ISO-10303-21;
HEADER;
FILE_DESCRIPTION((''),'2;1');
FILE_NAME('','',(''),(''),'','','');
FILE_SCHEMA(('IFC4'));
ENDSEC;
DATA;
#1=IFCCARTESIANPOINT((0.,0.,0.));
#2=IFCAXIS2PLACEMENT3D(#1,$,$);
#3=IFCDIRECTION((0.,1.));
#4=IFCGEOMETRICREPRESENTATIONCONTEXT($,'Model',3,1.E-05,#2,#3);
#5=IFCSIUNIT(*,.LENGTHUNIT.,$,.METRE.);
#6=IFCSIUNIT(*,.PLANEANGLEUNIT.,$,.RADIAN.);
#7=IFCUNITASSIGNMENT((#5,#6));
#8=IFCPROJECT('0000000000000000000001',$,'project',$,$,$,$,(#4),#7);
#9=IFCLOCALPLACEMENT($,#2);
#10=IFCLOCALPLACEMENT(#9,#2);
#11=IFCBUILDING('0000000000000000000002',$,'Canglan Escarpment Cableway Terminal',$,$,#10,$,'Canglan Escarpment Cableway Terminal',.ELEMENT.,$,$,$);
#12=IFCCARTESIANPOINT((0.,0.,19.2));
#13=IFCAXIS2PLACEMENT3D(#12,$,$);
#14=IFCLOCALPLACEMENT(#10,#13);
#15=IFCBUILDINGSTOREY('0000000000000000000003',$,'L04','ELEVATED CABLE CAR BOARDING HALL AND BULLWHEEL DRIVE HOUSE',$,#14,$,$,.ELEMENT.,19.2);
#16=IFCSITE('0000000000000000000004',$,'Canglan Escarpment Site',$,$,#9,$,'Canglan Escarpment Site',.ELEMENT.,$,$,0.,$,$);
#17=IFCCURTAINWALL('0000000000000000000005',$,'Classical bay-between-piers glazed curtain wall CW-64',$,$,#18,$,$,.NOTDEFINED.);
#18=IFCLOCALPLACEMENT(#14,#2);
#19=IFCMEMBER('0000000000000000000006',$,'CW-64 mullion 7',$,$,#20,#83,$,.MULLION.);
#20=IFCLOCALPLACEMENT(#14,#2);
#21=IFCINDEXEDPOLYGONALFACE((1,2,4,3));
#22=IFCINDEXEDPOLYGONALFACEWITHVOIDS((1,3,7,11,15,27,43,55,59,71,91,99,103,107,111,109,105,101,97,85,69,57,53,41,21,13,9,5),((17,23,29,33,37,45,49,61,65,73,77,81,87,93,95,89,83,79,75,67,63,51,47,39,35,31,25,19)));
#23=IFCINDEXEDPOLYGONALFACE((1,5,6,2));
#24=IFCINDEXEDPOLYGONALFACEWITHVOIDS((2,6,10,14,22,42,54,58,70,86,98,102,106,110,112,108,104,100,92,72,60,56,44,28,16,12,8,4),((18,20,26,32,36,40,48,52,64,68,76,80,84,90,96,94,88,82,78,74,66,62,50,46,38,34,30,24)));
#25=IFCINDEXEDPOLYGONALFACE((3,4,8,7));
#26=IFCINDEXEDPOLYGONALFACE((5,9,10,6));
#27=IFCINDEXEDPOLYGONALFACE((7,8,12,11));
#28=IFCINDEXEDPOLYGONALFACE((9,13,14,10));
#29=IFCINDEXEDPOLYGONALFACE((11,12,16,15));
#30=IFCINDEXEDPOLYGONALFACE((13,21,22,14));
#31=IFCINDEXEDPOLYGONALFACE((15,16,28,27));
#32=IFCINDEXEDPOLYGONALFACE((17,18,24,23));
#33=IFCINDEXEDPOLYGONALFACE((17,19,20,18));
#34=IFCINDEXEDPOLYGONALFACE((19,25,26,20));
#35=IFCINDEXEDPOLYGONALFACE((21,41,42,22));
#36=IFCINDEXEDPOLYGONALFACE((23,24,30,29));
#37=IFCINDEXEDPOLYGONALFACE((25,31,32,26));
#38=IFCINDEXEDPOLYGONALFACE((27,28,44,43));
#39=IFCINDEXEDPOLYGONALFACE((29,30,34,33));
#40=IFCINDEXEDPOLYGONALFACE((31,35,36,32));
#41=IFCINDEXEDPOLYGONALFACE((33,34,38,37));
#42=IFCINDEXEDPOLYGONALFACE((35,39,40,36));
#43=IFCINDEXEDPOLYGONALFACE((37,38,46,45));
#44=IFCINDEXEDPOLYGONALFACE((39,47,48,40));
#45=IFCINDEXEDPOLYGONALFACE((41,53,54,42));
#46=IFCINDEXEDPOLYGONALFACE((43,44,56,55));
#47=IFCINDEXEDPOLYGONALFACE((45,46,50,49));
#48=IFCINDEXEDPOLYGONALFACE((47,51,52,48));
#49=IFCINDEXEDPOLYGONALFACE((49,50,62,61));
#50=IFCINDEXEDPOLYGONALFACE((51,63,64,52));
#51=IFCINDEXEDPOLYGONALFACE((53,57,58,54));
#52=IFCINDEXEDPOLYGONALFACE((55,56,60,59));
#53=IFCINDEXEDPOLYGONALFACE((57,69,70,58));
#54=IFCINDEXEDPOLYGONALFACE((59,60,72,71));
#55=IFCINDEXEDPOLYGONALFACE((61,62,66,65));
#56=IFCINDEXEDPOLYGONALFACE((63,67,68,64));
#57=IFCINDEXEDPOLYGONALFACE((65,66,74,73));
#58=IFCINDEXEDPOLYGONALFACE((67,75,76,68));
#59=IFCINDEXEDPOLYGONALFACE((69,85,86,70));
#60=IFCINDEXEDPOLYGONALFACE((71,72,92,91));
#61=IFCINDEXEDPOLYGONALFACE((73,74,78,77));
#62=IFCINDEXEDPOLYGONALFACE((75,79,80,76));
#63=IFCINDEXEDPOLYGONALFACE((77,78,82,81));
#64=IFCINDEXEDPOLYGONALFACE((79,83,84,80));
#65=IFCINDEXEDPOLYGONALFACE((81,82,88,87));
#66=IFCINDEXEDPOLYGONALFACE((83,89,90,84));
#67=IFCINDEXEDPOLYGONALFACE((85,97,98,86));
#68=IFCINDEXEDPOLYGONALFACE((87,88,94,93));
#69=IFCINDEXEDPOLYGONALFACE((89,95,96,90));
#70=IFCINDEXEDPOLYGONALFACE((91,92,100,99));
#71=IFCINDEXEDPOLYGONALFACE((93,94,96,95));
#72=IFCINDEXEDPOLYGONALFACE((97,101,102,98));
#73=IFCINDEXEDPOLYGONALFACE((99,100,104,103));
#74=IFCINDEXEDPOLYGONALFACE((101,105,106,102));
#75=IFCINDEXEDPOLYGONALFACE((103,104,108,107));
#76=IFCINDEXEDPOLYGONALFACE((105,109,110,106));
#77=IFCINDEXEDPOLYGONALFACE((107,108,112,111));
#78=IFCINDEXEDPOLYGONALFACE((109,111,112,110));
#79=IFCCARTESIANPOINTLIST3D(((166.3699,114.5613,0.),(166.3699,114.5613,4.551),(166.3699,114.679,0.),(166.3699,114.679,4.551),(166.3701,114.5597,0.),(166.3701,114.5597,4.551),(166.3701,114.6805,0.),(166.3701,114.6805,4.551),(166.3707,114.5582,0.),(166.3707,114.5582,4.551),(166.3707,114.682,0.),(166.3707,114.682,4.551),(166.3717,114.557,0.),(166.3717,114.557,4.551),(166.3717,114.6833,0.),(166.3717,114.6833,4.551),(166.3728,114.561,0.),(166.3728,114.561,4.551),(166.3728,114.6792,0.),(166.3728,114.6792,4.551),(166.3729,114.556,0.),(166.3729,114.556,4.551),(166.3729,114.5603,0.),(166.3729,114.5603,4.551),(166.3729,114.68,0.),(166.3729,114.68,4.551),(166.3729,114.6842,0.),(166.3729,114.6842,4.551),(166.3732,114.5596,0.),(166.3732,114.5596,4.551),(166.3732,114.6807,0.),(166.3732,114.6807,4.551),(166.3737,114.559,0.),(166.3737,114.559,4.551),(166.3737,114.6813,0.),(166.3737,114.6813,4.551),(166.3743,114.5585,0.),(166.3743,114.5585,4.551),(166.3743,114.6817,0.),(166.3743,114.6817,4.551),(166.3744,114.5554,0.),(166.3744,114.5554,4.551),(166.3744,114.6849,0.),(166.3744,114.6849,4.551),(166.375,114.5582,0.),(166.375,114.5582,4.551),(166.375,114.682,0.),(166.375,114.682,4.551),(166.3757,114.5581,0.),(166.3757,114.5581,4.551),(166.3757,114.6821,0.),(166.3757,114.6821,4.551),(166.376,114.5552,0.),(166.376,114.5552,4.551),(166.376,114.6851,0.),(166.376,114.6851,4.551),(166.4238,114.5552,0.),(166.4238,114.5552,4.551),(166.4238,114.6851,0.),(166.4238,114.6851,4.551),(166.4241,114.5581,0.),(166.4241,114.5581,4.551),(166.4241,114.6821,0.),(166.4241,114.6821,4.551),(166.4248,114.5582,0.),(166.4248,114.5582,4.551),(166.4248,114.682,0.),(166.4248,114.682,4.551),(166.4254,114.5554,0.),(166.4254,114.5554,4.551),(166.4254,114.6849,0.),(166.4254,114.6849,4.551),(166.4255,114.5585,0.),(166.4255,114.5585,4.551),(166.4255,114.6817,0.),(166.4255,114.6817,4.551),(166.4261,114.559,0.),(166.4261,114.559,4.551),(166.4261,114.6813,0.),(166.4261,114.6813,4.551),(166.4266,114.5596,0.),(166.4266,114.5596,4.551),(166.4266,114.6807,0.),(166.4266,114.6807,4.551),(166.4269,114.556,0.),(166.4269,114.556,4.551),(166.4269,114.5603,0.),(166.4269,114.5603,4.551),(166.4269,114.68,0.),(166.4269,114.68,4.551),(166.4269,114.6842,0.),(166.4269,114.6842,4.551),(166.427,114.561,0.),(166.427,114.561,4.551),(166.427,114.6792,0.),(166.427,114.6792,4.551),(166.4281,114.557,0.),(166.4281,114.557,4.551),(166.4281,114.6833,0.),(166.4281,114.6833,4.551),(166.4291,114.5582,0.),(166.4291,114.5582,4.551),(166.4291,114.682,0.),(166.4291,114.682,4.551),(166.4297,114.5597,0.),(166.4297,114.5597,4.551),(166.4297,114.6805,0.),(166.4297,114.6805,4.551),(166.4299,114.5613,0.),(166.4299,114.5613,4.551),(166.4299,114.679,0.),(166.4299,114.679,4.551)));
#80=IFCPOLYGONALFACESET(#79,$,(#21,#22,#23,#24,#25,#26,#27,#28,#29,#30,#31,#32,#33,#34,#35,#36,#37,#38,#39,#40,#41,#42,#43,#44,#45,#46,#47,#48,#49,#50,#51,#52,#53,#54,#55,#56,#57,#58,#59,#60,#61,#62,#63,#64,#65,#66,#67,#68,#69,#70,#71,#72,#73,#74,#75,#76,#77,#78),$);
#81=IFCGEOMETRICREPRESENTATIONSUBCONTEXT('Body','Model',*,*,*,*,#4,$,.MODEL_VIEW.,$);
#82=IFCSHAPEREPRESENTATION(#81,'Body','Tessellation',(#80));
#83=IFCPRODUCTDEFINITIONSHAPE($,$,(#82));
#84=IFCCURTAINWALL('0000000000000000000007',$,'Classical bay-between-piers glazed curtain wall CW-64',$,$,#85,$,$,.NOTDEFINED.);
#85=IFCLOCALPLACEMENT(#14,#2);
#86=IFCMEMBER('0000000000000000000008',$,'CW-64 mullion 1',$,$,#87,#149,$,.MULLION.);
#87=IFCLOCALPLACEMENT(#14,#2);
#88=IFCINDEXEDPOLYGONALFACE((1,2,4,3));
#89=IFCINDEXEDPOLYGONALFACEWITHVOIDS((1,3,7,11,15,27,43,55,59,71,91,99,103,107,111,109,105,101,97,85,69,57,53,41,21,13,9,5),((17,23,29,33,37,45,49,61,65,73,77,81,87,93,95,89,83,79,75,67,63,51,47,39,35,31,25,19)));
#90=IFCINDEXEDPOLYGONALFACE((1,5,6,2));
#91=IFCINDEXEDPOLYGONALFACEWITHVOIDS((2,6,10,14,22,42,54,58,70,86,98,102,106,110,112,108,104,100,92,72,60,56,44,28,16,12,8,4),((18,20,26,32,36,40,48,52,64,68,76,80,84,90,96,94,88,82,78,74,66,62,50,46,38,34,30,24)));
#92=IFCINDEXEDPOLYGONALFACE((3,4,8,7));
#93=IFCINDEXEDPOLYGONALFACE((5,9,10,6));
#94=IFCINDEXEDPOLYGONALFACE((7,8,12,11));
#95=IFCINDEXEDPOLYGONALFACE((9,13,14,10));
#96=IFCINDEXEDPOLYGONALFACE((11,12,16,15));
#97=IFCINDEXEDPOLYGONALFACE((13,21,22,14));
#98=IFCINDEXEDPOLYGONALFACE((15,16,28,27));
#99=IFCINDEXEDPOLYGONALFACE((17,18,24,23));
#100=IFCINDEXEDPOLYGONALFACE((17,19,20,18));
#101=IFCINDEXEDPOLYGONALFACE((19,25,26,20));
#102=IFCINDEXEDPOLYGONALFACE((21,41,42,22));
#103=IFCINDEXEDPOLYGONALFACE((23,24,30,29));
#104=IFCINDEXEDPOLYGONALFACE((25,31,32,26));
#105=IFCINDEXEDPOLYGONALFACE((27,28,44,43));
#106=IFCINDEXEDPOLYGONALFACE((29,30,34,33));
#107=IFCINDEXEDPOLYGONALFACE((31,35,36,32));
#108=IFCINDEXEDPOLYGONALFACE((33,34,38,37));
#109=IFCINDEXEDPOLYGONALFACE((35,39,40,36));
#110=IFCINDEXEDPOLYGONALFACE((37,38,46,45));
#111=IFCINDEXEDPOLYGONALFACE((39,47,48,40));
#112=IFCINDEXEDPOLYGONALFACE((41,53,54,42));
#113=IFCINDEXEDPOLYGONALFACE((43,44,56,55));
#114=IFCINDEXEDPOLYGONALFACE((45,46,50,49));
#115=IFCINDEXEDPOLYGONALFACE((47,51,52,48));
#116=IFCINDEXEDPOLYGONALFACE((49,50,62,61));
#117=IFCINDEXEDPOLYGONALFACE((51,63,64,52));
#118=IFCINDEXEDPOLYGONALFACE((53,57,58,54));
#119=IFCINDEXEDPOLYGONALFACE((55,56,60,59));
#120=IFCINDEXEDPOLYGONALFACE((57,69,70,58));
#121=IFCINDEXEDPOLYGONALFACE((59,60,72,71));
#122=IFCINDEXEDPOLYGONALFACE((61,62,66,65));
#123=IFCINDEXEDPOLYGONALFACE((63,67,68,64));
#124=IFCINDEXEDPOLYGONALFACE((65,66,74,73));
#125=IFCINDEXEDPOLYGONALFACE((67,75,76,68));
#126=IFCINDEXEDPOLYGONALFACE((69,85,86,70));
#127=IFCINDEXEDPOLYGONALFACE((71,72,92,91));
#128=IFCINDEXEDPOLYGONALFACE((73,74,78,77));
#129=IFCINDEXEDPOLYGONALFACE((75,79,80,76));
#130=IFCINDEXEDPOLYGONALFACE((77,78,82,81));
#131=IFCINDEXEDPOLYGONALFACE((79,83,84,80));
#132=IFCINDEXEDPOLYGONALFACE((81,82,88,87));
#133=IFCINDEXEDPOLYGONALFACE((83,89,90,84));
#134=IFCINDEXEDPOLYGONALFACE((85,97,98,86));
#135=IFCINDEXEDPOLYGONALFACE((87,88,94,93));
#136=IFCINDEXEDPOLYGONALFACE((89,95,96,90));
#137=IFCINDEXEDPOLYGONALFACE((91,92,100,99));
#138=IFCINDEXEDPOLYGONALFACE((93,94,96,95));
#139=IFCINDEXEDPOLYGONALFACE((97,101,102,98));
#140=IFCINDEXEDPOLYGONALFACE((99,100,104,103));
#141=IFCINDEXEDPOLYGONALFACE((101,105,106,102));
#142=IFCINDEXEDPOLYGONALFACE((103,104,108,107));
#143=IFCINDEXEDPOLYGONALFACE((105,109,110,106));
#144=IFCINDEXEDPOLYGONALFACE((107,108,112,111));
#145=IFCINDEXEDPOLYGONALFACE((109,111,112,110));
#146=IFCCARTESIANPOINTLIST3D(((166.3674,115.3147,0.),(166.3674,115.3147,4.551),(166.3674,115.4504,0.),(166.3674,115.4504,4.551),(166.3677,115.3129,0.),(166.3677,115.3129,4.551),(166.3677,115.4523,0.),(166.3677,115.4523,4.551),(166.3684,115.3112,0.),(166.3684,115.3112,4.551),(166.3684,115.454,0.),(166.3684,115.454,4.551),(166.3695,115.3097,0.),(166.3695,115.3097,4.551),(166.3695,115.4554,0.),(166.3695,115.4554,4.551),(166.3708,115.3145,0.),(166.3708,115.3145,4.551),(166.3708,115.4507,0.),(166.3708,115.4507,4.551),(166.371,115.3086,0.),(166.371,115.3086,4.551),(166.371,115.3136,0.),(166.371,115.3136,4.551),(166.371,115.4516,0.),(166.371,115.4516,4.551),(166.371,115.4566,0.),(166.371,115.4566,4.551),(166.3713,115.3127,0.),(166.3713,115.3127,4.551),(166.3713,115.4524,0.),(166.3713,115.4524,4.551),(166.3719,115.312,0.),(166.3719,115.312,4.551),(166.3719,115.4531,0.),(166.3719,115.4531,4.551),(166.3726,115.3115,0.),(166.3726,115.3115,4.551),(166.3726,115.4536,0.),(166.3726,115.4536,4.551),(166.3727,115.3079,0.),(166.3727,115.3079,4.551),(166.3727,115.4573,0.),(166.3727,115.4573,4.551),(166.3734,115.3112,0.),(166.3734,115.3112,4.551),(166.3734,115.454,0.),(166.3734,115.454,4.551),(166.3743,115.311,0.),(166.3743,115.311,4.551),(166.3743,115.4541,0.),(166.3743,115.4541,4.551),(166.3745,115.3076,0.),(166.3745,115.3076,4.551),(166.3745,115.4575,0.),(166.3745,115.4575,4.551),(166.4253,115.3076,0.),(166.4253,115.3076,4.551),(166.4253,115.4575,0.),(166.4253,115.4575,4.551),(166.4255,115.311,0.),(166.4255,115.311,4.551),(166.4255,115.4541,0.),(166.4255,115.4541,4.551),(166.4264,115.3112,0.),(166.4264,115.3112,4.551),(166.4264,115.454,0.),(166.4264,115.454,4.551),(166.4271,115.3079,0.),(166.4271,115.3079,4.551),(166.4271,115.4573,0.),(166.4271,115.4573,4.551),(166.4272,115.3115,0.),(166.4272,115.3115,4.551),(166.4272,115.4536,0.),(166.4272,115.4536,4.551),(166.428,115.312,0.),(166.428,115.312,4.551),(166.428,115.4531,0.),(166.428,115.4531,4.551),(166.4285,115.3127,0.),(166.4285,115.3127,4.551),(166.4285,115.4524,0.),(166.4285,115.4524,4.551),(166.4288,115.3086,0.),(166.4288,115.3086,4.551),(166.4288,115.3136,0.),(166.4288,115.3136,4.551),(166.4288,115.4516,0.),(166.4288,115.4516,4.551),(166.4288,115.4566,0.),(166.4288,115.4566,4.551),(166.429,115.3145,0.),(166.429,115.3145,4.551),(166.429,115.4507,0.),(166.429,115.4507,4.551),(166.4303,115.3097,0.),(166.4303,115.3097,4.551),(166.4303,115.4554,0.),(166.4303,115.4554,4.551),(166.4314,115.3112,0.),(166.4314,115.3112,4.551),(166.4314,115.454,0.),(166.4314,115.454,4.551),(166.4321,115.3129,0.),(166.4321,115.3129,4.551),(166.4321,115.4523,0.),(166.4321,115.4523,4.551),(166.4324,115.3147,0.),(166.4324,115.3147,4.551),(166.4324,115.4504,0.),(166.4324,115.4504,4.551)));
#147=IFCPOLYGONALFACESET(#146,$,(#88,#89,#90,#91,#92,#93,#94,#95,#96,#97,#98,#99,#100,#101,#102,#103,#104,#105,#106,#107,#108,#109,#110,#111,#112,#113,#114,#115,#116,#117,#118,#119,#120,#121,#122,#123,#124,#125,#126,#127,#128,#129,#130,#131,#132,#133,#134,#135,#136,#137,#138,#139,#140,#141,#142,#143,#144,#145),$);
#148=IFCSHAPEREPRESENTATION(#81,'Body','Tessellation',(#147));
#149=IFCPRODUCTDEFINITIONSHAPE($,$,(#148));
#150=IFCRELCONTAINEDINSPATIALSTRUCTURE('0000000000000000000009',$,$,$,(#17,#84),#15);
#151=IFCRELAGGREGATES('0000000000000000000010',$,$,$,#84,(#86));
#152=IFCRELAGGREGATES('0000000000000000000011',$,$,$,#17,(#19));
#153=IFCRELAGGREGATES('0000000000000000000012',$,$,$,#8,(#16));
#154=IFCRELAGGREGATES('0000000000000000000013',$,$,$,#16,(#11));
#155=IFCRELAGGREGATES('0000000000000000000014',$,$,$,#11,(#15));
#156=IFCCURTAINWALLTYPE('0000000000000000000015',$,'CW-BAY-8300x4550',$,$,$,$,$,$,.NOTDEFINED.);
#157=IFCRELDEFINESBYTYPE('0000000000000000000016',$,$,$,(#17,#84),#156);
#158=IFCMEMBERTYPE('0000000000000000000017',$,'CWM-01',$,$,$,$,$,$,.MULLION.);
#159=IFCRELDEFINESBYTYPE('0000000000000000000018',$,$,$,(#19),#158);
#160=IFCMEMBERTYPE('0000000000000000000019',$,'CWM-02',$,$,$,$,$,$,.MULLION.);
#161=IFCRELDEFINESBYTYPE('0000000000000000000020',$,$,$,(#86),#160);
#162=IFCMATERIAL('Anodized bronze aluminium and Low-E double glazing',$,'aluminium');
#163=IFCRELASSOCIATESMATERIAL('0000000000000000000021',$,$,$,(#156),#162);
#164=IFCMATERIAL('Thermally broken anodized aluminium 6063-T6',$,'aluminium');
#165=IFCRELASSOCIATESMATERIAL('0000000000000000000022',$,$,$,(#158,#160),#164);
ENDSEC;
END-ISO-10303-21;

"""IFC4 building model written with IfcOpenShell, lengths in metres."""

from ifc_helpers import new_model, si_unit, direction, frame, origin, origin_2d, place, context, subcontext, project, spatial, hollow_rectangle, extrude, material, material_profile, profile_set, type_object, element, aggregate, save


model = new_model("IFC4")

# Units and contexts
model_context = context("Model", 3, precision=1e-05, world=origin(), true_north=direction((0.0, 1.0)))
body_context = subcontext(model_context, "Body", "Model", "MODEL_VIEW")
ifc_project = project(units=[si_unit("LENGTHUNIT", "METRE"), si_unit("PLANEANGLEUNIT", "RADIAN")], contexts=[model_context])

# Site, building, storey
site_placement = place(None, origin())
site = spatial("IfcSite", under=ifc_project, at=site_placement, Name="Canglan Escarpment Site", LongName="Canglan Escarpment Site", CompositionType="ELEMENT", RefElevation=0.0)
building_placement = place(site_placement, origin())
building = spatial("IfcBuilding", under=site, at=building_placement, Name="Canglan Escarpment Cableway Terminal", LongName="Canglan Escarpment Cableway Terminal", CompositionType="ELEMENT")
storey_placement = place(building_placement, frame((0.0, 0.0, 19.2)))
storey = spatial("IfcBuildingStorey", under=building, at=storey_placement, Name="L04", Description="ELEVATED CABLE CAR BOARDING HALL AND BULLWHEEL DRIVE HOUSE", CompositionType="ELEMENT", Elevation=19.2)

# Curtain wall, member
ifc_material_1 = material(Name="Anodized bronze aluminium and Low-E double glazing", Category="aluminium")
curtain_wall_type = type_object("IfcCurtainWallType", Name="CW-BAY-8300x4550", PredefinedType="NOTDEFINED", material=ifc_material_1)
curtain_wall_1_placement = place(storey_placement, origin())
curtain_wall_1 = element("IfcCurtainWall", 1, at=curtain_wall_1_placement, inside=storey, type_object=curtain_wall_type, Name="Classical bay-between-piers glazed curtain wall CW-64", PredefinedType="NOTDEFINED")
ifc_material_2 = material(Name="Thermally broken anodized aluminium 6063-T6", Category="aluminium")
ifc_material_profile_1 = material_profile(ifc_material_2, hollow_rectangle(XDim=0.0601, YDim=0.1299, WallThickness=0.0029, InnerFilletRadius=0.0029, OuterFilletRadius=0.0061, at=origin_2d()), Name="ALU-MULL 60x130x3")
ifc_profile_set_1 = profile_set([ifc_material_profile_1], Name="Thermally broken anodized aluminium 6063-T6")
member_type_1 = type_object("IfcMemberType", Name="CWM-01", PredefinedType="MULLION", material=ifc_profile_set_1)
member_1_placement = place(storey_placement, frame((166.3999, 114.6201, 0.0), z_axis=(0.0, 0.0, 1.0), x_axis=(-1.0, 0.0, 0.0)))
member_1 = element("IfcMember", 2, at=member_1_placement, type_object=member_type_1, Name="CW-64 mullion 7", PredefinedType="MULLION", context=body_context, shape_type="SweptSolid", body=[
    extrude(hollow_rectangle(XDim=0.0601, YDim=0.1299, WallThickness=0.0029, InnerFilletRadius=0.0029, OuterFilletRadius=0.0061, at=origin_2d()), origin(), (0.0, 0.0, 1.0), 4.551),
])

# Curtain wall, member
curtain_wall_2_placement = place(storey_placement, origin())
curtain_wall_2 = element("IfcCurtainWall", 3, at=curtain_wall_2_placement, inside=storey, type_object=curtain_wall_type, Name="Classical bay-between-piers glazed curtain wall CW-64", PredefinedType="NOTDEFINED")
ifc_material_profile_2 = material_profile(ifc_material_2, hollow_rectangle(XDim=0.0649, YDim=0.1499, WallThickness=0.0034, InnerFilletRadius=0.0034, OuterFilletRadius=0.0071, at=origin_2d()), Name="ALU-MULL 65x150x3.5")
ifc_profile_set_2 = profile_set([ifc_material_profile_2], Name="Thermally broken anodized aluminium 6063-T6")
member_type_2 = type_object("IfcMemberType", Name="CWM-02", PredefinedType="MULLION", material=ifc_profile_set_2)
member_2_placement = place(storey_placement, frame((166.3999, 115.3826, 0.0), z_axis=(0.0, 0.0, 1.0), x_axis=(-1.0, 0.0, 0.0)))
member_2 = element("IfcMember", 4, at=member_2_placement, type_object=member_type_2, Name="CW-64 mullion 1", PredefinedType="MULLION", context=body_context, shape_type="SweptSolid", body=[
    extrude(hollow_rectangle(XDim=0.0649, YDim=0.1499, WallThickness=0.0034, InnerFilletRadius=0.0034, OuterFilletRadius=0.0071, at=origin_2d()), origin(), (0.0, 0.0, 1.0), 4.551),
])

aggregate(curtain_wall_2, [member_2])

aggregate(curtain_wall_1, [member_1])

save(model, "model.ifc")
